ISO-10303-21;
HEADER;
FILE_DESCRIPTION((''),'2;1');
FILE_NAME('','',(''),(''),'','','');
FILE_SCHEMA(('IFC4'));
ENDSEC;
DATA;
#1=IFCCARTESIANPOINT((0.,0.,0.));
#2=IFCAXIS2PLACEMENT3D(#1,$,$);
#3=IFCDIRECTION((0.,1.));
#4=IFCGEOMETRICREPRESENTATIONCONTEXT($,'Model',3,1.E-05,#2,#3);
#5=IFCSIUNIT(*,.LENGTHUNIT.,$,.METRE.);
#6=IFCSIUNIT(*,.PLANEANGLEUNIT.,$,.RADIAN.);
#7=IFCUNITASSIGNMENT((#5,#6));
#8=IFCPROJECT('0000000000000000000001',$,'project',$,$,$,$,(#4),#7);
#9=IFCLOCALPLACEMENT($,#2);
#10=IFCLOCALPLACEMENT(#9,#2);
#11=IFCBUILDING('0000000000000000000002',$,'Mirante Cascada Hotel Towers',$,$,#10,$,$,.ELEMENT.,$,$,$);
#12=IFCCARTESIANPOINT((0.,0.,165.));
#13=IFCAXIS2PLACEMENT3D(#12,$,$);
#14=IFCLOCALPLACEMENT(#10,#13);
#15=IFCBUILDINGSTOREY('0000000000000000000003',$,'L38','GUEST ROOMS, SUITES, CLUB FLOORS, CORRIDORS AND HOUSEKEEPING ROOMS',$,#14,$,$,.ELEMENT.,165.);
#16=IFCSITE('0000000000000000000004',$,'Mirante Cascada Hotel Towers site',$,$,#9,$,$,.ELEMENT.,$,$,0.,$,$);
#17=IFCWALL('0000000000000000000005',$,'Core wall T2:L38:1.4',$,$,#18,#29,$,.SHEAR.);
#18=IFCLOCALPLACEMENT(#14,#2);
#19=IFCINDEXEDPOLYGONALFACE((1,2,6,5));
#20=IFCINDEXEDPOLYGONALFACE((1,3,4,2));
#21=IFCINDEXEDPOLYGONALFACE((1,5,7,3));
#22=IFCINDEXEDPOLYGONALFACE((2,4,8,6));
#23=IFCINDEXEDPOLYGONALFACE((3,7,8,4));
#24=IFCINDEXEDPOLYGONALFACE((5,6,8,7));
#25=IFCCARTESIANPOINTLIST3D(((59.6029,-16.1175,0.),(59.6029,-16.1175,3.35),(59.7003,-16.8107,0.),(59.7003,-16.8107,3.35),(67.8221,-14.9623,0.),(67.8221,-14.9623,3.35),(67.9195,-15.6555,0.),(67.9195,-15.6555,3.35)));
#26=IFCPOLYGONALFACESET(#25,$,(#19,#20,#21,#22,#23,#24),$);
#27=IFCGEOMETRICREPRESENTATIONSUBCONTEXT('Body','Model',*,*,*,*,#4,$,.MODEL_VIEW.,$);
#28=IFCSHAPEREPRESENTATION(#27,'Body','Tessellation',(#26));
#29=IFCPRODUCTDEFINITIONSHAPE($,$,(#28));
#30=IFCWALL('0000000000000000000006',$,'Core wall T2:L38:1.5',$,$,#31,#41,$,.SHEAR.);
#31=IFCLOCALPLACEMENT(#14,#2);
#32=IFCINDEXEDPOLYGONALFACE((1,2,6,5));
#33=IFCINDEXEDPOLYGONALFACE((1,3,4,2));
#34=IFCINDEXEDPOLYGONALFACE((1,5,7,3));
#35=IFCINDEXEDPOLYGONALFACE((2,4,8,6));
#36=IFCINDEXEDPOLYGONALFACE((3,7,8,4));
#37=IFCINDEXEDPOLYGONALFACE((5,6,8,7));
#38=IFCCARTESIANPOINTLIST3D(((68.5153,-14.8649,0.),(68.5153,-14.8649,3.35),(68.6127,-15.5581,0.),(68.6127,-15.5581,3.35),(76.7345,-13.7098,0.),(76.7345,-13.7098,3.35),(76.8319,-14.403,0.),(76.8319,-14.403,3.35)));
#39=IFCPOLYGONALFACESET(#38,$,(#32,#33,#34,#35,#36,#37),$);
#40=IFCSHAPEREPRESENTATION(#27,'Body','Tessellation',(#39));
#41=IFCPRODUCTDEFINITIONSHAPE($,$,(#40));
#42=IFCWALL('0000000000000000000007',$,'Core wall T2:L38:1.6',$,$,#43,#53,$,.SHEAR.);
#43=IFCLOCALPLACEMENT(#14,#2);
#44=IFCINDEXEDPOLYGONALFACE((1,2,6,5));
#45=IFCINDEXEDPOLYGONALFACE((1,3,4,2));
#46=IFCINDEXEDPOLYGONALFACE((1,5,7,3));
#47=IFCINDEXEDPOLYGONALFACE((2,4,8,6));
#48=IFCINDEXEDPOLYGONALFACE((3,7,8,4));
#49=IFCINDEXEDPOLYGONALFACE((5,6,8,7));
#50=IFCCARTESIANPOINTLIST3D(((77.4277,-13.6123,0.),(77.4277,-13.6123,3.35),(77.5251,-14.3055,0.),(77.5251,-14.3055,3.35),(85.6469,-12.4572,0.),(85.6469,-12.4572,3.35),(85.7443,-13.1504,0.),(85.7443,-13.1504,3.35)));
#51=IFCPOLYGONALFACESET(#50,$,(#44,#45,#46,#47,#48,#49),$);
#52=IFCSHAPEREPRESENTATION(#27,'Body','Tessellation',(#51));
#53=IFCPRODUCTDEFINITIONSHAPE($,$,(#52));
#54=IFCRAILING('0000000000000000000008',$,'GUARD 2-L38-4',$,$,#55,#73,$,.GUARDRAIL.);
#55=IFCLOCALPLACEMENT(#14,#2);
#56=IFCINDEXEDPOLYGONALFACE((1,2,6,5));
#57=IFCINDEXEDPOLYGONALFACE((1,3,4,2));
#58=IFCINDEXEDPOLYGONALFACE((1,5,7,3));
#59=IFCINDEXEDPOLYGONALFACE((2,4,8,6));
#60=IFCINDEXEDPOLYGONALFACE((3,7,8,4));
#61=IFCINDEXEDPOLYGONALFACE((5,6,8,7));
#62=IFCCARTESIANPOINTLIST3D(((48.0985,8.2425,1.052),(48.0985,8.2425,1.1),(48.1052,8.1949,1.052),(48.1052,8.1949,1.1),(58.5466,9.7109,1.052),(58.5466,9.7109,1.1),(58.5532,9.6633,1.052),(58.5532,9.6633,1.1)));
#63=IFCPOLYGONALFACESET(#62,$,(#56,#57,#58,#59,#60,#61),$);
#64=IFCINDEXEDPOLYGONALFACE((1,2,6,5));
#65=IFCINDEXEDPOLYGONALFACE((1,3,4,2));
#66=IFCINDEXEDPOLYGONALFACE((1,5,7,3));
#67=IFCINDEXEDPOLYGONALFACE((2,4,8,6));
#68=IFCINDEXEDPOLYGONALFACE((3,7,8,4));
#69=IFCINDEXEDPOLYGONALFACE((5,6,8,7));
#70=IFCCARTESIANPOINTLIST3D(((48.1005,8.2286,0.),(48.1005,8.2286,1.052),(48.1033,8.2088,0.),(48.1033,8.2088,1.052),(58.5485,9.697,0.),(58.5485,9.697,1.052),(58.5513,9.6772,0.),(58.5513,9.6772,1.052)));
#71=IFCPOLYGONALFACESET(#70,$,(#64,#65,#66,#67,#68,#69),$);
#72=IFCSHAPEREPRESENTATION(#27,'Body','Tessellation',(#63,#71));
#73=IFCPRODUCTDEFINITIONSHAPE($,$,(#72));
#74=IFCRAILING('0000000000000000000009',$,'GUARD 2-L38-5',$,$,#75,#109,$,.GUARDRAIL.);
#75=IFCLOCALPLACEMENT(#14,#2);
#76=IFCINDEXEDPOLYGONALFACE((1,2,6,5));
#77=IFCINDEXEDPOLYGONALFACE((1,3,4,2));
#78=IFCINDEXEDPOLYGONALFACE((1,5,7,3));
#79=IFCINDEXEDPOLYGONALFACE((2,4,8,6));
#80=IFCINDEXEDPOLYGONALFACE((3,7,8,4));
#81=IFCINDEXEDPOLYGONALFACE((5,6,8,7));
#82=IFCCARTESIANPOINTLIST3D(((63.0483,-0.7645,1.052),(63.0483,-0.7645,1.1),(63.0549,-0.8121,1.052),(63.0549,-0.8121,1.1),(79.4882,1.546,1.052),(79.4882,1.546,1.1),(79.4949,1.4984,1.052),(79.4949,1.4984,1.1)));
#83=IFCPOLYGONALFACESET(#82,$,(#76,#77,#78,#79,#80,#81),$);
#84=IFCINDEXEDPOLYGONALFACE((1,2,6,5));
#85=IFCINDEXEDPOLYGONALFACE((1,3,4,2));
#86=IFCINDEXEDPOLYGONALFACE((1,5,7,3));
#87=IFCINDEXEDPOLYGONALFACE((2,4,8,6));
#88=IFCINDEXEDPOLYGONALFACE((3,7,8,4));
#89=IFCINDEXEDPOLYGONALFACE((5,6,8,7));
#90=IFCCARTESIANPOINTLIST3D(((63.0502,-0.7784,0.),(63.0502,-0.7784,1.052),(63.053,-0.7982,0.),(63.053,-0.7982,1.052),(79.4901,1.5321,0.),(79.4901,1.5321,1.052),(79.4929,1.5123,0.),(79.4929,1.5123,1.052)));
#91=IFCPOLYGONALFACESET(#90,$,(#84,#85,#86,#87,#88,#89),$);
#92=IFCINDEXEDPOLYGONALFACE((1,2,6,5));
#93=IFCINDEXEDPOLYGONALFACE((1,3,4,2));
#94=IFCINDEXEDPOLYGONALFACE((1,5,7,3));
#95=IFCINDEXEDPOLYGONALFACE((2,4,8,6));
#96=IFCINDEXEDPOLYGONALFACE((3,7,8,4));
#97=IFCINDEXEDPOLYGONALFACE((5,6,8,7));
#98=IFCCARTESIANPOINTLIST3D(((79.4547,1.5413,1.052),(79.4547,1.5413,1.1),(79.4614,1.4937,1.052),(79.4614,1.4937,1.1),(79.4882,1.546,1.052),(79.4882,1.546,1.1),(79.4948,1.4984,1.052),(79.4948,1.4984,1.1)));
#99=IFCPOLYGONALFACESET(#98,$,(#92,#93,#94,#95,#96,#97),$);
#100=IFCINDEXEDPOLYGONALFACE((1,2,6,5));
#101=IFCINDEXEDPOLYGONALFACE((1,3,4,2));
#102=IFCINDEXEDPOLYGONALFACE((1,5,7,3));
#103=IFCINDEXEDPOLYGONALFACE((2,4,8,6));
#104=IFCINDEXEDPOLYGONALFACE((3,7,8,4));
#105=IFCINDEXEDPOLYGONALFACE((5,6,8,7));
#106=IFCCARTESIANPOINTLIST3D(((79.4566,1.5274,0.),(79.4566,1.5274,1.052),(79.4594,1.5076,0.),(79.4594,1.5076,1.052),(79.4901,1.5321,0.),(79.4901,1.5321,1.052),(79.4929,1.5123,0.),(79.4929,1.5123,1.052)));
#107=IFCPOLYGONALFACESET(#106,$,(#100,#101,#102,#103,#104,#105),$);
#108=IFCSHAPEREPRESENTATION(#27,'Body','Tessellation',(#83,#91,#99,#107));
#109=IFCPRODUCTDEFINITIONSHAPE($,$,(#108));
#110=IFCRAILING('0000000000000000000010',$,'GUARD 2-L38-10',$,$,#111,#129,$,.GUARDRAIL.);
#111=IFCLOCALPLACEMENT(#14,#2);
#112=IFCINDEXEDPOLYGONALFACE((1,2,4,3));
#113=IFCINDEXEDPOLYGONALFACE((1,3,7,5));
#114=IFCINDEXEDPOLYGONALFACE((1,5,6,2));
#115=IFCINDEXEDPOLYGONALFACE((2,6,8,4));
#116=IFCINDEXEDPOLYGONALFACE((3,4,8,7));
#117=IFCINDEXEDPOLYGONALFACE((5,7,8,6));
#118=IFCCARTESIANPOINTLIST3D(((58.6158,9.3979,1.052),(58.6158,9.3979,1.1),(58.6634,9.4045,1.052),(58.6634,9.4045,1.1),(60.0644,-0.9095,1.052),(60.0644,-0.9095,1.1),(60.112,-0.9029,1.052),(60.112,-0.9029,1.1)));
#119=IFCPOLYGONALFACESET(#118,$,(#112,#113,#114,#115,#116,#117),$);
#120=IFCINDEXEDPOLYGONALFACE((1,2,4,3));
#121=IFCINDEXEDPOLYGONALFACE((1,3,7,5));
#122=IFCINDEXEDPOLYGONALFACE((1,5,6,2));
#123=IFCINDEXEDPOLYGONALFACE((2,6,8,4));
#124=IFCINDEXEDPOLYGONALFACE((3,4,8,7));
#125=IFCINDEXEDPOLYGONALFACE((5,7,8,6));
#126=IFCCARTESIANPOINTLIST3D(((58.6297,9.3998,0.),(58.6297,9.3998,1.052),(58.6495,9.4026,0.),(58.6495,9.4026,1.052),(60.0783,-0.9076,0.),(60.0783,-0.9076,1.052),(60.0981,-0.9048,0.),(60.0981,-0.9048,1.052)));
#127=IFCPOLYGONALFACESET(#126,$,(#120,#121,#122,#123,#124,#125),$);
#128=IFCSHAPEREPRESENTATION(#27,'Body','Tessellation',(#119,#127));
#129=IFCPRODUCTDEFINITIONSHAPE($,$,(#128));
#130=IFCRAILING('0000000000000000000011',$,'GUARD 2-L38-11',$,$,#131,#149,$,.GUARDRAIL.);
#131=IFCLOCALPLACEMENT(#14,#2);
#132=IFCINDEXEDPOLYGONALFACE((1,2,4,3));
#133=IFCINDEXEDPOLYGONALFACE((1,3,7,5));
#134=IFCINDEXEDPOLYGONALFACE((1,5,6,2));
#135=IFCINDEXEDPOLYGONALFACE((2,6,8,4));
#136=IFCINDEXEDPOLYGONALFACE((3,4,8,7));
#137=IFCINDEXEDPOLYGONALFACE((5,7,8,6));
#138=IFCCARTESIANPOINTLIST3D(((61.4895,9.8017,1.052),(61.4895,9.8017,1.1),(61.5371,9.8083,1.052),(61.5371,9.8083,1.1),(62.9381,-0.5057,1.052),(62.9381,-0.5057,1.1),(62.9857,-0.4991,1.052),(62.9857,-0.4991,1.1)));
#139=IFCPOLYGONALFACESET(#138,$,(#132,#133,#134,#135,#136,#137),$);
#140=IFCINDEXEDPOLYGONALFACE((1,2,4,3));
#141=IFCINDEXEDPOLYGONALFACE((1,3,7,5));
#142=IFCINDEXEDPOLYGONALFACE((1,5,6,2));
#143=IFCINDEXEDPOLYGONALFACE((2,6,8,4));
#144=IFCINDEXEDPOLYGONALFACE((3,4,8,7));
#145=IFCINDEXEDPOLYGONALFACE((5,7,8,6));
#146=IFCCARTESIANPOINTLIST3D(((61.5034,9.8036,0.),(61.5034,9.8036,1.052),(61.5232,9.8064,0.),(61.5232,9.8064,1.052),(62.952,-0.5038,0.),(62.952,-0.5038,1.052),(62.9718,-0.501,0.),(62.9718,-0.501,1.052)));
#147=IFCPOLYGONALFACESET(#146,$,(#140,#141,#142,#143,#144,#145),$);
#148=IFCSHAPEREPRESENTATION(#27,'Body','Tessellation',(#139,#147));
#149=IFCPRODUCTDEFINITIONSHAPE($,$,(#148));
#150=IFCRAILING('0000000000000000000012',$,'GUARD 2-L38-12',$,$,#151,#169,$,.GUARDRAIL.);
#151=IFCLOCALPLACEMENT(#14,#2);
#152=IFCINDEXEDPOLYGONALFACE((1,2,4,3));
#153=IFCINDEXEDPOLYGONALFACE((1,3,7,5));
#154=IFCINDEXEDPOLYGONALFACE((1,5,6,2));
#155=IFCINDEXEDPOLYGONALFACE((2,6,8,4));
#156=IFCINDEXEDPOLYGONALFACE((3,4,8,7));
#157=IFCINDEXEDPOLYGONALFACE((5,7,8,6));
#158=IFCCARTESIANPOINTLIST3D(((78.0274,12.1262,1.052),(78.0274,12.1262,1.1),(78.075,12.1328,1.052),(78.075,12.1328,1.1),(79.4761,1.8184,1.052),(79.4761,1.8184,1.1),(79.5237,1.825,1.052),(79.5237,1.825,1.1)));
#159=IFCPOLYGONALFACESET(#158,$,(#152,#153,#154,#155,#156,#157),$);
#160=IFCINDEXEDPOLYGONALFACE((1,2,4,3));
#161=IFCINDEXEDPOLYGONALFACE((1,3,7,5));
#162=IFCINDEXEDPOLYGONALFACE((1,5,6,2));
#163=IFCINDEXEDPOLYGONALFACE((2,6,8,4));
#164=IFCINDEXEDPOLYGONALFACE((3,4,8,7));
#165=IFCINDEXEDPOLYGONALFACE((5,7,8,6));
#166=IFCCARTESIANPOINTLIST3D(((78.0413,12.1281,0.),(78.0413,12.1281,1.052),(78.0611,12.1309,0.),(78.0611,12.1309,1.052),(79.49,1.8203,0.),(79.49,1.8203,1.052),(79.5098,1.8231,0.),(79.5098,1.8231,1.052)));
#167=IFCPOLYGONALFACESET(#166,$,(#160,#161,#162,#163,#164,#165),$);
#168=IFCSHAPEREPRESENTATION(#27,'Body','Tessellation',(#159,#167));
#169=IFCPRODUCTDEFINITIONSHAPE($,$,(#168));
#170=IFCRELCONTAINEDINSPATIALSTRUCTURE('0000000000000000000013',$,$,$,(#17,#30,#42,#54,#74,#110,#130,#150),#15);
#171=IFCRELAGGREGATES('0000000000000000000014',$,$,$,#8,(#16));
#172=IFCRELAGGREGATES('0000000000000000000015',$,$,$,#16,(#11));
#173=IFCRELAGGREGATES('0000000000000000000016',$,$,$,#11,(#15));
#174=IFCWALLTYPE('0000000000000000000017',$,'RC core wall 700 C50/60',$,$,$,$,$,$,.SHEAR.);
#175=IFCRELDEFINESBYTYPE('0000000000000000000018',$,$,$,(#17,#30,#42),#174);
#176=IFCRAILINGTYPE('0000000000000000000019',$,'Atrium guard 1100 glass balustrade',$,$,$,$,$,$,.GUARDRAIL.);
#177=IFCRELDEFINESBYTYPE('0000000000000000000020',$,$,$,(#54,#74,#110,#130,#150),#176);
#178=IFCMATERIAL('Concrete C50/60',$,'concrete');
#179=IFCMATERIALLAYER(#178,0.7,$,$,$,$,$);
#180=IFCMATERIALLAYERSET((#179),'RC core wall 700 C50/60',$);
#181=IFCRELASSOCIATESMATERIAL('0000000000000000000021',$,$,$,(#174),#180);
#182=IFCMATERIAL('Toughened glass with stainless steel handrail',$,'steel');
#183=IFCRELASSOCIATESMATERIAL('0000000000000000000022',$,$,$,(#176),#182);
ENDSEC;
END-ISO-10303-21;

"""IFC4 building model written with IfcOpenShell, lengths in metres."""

from ifc_helpers import new_model, si_unit, direction, frame, frame_2d, origin, origin_2d, place, context, subcontext, project, spatial, rectangle, extrude, material, layer, layer_set, type_object, element, save


model = new_model("IFC4")

# Units and contexts
model_context = context("Model", 3, precision=1e-05, world=origin(), true_north=direction((0.0, 1.0)))
body_context = subcontext(model_context, "Body", "Model", "MODEL_VIEW")
ifc_project = project(units=[si_unit("LENGTHUNIT", "METRE"), si_unit("PLANEANGLEUNIT", "RADIAN")], contexts=[model_context])

# Site, building, storey
site_placement = place(None, origin())
site = spatial("IfcSite", under=ifc_project, at=site_placement, Name="Mirante Cascada Hotel Towers site", CompositionType="ELEMENT", RefElevation=0.0)
building_placement = place(site_placement, origin())
building = spatial("IfcBuilding", under=site, at=building_placement, Name="Mirante Cascada Hotel Towers", CompositionType="ELEMENT")
storey_placement = place(building_placement, frame((0.0, 0.0, 165.0)))
storey = spatial("IfcBuildingStorey", under=building, at=storey_placement, Name="L38", Description="GUEST ROOMS, SUITES, CLUB FLOORS, CORRIDORS AND HOUSEKEEPING ROOMS", CompositionType="ELEMENT", Elevation=165.0)

# Walls
ifc_material_1 = material(Name="Concrete C50/60", Category="concrete")
ifc_layer_1 = layer(ifc_material_1, 0.7)
ifc_layer_set_1 = layer_set([ifc_layer_1], Name="RC core wall 700 C50/60")
wall_type_1 = type_object("IfcWallType", Name="RC core wall 700 C50/60", PredefinedType="SHEAR", material=ifc_layer_set_1)
for number, where, z_axis, x_axis, name in (
    (1, (59.6516, -16.4641, 0.0), (0.0, 0.0, 1.0), (0.990267, 0.139181, 0.0), "Core wall T2:L38:1.4"),
    (2, (68.564, -15.2115, 0.0), (0.0, 0.0, 1.0), (0.990269, 0.139169, 0.0), "Core wall T2:L38:1.5"),
    (3, (77.4764, -13.9589, 0.0), (0.0, 0.0, 1.0), (0.990269, 0.139169, 0.0), "Core wall T2:L38:1.6"),
):
    element("IfcWall", number, at=place(storey_placement, frame(where, z_axis=z_axis, x_axis=x_axis)), inside=storey, type_object=wall_type_1, Name=name, PredefinedType="SHEAR", context=body_context, shape_type="SweptSolid", body=[
        extrude(rectangle(XDim=8.3, YDim=0.7, at=frame_2d((4.15, 0.0))), origin(), (0.0, 0.0, 1.0), 3.35),
    ])

# Railings
ifc_material_2 = material(Name="Toughened glass with stainless steel handrail", Category="steel")
railing_type = type_object("IfcRailingType", Name="Atrium guard 1100 glass balustrade", PredefinedType="GUARDRAIL", material=ifc_material_2)
railing_1_placement = place(storey_placement, frame((58.5499, 9.6871, 0.0)))
element("IfcRailing", 4, at=railing_1_placement, inside=storey, type_object=railing_type, Name="GUARD 2-L38-4", PredefinedType="GUARDRAIL", context=body_context, shape_type="SweptSolid", body=[
    extrude(rectangle(XDim=0.048, YDim=0.048, at=origin_2d()), frame((0.0, 0.0, 1.076), z_axis=(-0.990268, -0.139176, 0.0), x_axis=(0.139176, -0.990268, 0.0)), (0.0, 0.0, 1.0), 10.5507),
    extrude(rectangle(XDim=0.02, YDim=1.052, at=origin_2d()), frame((0.0, 0.0, 0.526), z_axis=(-0.990268, -0.139176, 0.0), x_axis=(0.139176, -0.990268, 0.0)), (0.0, 0.0, 1.0), 10.5507),
])
railing_2_placement = place(storey_placement, frame((63.0516, -0.7883, 0.0)))
element("IfcRailing", 5, at=railing_2_placement, inside=storey, type_object=railing_type, Name="GUARD 2-L38-5", PredefinedType="GUARDRAIL", context=body_context, shape_type="SweptSolid", body=[
    extrude(rectangle(XDim=0.048, YDim=0.048, at=origin_2d()), frame((0.0, 0.0, 1.076), z_axis=(0.990268, 0.139174, 0.0), x_axis=(-0.139174, 0.990268, 0.0)), (0.0, 0.0, 1.0), 16.6015),
    extrude(rectangle(XDim=0.02, YDim=1.052, at=origin_2d()), frame((0.0, 0.0, 0.526), z_axis=(0.990268, 0.139174, 0.0), x_axis=(-0.139174, 0.990268, 0.0)), (0.0, 0.0, 1.0), 16.6015),
    extrude(rectangle(XDim=0.048, YDim=0.048, at=origin_2d()), frame((16.4399, 2.3105, 1.076), z_axis=(-0.990301, -0.138938, 0.0), x_axis=(0.138938, -0.990301, 0.0)), (0.0, 0.0, 1.0), 0.0338),
    extrude(rectangle(XDim=0.02, YDim=1.052, at=origin_2d()), frame((16.4399, 2.3105, 0.526), z_axis=(-0.990301, -0.138938, 0.0), x_axis=(0.138938, -0.990301, 0.0)), (0.0, 0.0, 1.0), 0.0338),
])
railing_3_placement = place(storey_placement, frame((60.0882, -0.9062, 0.0)))
element("IfcRailing", 6, at=railing_3_placement, inside=storey, type_object=railing_type, Name="GUARD 2-L38-10", PredefinedType="GUARDRAIL", context=body_context, shape_type="SweptSolid", body=[
    extrude(rectangle(XDim=0.048, YDim=0.048, at=origin_2d()), frame((0.0, 0.0, 1.076), z_axis=(-0.139172, 0.990268, 0.0), x_axis=(-0.990268, -0.139172, 0.0)), (0.0, 0.0, 1.0), 10.4087),
    extrude(rectangle(XDim=0.02, YDim=1.052, at=origin_2d()), frame((0.0, 0.0, 0.526), z_axis=(-0.139172, 0.990268, 0.0), x_axis=(-0.990268, -0.139172, 0.0)), (0.0, 0.0, 1.0), 10.4087),
])
railing_4_placement = place(storey_placement, frame((61.5133, 9.805, 0.0)))
element("IfcRailing", 7, at=railing_4_placement, inside=storey, type_object=railing_type, Name="GUARD 2-L38-11", PredefinedType="GUARDRAIL", context=body_context, shape_type="SweptSolid", body=[
    extrude(rectangle(XDim=0.048, YDim=0.048, at=origin_2d()), frame((0.0, 0.0, 1.076), z_axis=(0.139172, -0.990268, 0.0), x_axis=(0.990268, 0.139172, 0.0)), (0.0, 0.0, 1.0), 10.4087),
    extrude(rectangle(XDim=0.02, YDim=1.052, at=origin_2d()), frame((0.0, 0.0, 0.526), z_axis=(0.139172, -0.990268, 0.0), x_axis=(0.990268, 0.139172, 0.0)), (0.0, 0.0, 1.0), 10.4087),
])
railing_5_placement = place(storey_placement, frame((79.4999, 1.8217, 0.0)))
element("IfcRailing", 8, at=railing_5_placement, inside=storey, type_object=railing_type, Name="GUARD 2-L38-12", PredefinedType="GUARDRAIL", context=body_context, shape_type="SweptSolid", body=[
    extrude(rectangle(XDim=0.048, YDim=0.048, at=origin_2d()), frame((0.0, 0.0, 1.076), z_axis=(-0.139176, 0.990268, 0.0), x_axis=(-0.990268, -0.139176, 0.0)), (0.0, 0.0, 1.0), 10.4091),
    extrude(rectangle(XDim=0.02, YDim=1.052, at=origin_2d()), frame((0.0, 0.0, 0.526), z_axis=(-0.139176, 0.990268, 0.0), x_axis=(-0.990268, -0.139176, 0.0)), (0.0, 0.0, 1.0), 10.4091),
])

save(model, "model.ifc")
